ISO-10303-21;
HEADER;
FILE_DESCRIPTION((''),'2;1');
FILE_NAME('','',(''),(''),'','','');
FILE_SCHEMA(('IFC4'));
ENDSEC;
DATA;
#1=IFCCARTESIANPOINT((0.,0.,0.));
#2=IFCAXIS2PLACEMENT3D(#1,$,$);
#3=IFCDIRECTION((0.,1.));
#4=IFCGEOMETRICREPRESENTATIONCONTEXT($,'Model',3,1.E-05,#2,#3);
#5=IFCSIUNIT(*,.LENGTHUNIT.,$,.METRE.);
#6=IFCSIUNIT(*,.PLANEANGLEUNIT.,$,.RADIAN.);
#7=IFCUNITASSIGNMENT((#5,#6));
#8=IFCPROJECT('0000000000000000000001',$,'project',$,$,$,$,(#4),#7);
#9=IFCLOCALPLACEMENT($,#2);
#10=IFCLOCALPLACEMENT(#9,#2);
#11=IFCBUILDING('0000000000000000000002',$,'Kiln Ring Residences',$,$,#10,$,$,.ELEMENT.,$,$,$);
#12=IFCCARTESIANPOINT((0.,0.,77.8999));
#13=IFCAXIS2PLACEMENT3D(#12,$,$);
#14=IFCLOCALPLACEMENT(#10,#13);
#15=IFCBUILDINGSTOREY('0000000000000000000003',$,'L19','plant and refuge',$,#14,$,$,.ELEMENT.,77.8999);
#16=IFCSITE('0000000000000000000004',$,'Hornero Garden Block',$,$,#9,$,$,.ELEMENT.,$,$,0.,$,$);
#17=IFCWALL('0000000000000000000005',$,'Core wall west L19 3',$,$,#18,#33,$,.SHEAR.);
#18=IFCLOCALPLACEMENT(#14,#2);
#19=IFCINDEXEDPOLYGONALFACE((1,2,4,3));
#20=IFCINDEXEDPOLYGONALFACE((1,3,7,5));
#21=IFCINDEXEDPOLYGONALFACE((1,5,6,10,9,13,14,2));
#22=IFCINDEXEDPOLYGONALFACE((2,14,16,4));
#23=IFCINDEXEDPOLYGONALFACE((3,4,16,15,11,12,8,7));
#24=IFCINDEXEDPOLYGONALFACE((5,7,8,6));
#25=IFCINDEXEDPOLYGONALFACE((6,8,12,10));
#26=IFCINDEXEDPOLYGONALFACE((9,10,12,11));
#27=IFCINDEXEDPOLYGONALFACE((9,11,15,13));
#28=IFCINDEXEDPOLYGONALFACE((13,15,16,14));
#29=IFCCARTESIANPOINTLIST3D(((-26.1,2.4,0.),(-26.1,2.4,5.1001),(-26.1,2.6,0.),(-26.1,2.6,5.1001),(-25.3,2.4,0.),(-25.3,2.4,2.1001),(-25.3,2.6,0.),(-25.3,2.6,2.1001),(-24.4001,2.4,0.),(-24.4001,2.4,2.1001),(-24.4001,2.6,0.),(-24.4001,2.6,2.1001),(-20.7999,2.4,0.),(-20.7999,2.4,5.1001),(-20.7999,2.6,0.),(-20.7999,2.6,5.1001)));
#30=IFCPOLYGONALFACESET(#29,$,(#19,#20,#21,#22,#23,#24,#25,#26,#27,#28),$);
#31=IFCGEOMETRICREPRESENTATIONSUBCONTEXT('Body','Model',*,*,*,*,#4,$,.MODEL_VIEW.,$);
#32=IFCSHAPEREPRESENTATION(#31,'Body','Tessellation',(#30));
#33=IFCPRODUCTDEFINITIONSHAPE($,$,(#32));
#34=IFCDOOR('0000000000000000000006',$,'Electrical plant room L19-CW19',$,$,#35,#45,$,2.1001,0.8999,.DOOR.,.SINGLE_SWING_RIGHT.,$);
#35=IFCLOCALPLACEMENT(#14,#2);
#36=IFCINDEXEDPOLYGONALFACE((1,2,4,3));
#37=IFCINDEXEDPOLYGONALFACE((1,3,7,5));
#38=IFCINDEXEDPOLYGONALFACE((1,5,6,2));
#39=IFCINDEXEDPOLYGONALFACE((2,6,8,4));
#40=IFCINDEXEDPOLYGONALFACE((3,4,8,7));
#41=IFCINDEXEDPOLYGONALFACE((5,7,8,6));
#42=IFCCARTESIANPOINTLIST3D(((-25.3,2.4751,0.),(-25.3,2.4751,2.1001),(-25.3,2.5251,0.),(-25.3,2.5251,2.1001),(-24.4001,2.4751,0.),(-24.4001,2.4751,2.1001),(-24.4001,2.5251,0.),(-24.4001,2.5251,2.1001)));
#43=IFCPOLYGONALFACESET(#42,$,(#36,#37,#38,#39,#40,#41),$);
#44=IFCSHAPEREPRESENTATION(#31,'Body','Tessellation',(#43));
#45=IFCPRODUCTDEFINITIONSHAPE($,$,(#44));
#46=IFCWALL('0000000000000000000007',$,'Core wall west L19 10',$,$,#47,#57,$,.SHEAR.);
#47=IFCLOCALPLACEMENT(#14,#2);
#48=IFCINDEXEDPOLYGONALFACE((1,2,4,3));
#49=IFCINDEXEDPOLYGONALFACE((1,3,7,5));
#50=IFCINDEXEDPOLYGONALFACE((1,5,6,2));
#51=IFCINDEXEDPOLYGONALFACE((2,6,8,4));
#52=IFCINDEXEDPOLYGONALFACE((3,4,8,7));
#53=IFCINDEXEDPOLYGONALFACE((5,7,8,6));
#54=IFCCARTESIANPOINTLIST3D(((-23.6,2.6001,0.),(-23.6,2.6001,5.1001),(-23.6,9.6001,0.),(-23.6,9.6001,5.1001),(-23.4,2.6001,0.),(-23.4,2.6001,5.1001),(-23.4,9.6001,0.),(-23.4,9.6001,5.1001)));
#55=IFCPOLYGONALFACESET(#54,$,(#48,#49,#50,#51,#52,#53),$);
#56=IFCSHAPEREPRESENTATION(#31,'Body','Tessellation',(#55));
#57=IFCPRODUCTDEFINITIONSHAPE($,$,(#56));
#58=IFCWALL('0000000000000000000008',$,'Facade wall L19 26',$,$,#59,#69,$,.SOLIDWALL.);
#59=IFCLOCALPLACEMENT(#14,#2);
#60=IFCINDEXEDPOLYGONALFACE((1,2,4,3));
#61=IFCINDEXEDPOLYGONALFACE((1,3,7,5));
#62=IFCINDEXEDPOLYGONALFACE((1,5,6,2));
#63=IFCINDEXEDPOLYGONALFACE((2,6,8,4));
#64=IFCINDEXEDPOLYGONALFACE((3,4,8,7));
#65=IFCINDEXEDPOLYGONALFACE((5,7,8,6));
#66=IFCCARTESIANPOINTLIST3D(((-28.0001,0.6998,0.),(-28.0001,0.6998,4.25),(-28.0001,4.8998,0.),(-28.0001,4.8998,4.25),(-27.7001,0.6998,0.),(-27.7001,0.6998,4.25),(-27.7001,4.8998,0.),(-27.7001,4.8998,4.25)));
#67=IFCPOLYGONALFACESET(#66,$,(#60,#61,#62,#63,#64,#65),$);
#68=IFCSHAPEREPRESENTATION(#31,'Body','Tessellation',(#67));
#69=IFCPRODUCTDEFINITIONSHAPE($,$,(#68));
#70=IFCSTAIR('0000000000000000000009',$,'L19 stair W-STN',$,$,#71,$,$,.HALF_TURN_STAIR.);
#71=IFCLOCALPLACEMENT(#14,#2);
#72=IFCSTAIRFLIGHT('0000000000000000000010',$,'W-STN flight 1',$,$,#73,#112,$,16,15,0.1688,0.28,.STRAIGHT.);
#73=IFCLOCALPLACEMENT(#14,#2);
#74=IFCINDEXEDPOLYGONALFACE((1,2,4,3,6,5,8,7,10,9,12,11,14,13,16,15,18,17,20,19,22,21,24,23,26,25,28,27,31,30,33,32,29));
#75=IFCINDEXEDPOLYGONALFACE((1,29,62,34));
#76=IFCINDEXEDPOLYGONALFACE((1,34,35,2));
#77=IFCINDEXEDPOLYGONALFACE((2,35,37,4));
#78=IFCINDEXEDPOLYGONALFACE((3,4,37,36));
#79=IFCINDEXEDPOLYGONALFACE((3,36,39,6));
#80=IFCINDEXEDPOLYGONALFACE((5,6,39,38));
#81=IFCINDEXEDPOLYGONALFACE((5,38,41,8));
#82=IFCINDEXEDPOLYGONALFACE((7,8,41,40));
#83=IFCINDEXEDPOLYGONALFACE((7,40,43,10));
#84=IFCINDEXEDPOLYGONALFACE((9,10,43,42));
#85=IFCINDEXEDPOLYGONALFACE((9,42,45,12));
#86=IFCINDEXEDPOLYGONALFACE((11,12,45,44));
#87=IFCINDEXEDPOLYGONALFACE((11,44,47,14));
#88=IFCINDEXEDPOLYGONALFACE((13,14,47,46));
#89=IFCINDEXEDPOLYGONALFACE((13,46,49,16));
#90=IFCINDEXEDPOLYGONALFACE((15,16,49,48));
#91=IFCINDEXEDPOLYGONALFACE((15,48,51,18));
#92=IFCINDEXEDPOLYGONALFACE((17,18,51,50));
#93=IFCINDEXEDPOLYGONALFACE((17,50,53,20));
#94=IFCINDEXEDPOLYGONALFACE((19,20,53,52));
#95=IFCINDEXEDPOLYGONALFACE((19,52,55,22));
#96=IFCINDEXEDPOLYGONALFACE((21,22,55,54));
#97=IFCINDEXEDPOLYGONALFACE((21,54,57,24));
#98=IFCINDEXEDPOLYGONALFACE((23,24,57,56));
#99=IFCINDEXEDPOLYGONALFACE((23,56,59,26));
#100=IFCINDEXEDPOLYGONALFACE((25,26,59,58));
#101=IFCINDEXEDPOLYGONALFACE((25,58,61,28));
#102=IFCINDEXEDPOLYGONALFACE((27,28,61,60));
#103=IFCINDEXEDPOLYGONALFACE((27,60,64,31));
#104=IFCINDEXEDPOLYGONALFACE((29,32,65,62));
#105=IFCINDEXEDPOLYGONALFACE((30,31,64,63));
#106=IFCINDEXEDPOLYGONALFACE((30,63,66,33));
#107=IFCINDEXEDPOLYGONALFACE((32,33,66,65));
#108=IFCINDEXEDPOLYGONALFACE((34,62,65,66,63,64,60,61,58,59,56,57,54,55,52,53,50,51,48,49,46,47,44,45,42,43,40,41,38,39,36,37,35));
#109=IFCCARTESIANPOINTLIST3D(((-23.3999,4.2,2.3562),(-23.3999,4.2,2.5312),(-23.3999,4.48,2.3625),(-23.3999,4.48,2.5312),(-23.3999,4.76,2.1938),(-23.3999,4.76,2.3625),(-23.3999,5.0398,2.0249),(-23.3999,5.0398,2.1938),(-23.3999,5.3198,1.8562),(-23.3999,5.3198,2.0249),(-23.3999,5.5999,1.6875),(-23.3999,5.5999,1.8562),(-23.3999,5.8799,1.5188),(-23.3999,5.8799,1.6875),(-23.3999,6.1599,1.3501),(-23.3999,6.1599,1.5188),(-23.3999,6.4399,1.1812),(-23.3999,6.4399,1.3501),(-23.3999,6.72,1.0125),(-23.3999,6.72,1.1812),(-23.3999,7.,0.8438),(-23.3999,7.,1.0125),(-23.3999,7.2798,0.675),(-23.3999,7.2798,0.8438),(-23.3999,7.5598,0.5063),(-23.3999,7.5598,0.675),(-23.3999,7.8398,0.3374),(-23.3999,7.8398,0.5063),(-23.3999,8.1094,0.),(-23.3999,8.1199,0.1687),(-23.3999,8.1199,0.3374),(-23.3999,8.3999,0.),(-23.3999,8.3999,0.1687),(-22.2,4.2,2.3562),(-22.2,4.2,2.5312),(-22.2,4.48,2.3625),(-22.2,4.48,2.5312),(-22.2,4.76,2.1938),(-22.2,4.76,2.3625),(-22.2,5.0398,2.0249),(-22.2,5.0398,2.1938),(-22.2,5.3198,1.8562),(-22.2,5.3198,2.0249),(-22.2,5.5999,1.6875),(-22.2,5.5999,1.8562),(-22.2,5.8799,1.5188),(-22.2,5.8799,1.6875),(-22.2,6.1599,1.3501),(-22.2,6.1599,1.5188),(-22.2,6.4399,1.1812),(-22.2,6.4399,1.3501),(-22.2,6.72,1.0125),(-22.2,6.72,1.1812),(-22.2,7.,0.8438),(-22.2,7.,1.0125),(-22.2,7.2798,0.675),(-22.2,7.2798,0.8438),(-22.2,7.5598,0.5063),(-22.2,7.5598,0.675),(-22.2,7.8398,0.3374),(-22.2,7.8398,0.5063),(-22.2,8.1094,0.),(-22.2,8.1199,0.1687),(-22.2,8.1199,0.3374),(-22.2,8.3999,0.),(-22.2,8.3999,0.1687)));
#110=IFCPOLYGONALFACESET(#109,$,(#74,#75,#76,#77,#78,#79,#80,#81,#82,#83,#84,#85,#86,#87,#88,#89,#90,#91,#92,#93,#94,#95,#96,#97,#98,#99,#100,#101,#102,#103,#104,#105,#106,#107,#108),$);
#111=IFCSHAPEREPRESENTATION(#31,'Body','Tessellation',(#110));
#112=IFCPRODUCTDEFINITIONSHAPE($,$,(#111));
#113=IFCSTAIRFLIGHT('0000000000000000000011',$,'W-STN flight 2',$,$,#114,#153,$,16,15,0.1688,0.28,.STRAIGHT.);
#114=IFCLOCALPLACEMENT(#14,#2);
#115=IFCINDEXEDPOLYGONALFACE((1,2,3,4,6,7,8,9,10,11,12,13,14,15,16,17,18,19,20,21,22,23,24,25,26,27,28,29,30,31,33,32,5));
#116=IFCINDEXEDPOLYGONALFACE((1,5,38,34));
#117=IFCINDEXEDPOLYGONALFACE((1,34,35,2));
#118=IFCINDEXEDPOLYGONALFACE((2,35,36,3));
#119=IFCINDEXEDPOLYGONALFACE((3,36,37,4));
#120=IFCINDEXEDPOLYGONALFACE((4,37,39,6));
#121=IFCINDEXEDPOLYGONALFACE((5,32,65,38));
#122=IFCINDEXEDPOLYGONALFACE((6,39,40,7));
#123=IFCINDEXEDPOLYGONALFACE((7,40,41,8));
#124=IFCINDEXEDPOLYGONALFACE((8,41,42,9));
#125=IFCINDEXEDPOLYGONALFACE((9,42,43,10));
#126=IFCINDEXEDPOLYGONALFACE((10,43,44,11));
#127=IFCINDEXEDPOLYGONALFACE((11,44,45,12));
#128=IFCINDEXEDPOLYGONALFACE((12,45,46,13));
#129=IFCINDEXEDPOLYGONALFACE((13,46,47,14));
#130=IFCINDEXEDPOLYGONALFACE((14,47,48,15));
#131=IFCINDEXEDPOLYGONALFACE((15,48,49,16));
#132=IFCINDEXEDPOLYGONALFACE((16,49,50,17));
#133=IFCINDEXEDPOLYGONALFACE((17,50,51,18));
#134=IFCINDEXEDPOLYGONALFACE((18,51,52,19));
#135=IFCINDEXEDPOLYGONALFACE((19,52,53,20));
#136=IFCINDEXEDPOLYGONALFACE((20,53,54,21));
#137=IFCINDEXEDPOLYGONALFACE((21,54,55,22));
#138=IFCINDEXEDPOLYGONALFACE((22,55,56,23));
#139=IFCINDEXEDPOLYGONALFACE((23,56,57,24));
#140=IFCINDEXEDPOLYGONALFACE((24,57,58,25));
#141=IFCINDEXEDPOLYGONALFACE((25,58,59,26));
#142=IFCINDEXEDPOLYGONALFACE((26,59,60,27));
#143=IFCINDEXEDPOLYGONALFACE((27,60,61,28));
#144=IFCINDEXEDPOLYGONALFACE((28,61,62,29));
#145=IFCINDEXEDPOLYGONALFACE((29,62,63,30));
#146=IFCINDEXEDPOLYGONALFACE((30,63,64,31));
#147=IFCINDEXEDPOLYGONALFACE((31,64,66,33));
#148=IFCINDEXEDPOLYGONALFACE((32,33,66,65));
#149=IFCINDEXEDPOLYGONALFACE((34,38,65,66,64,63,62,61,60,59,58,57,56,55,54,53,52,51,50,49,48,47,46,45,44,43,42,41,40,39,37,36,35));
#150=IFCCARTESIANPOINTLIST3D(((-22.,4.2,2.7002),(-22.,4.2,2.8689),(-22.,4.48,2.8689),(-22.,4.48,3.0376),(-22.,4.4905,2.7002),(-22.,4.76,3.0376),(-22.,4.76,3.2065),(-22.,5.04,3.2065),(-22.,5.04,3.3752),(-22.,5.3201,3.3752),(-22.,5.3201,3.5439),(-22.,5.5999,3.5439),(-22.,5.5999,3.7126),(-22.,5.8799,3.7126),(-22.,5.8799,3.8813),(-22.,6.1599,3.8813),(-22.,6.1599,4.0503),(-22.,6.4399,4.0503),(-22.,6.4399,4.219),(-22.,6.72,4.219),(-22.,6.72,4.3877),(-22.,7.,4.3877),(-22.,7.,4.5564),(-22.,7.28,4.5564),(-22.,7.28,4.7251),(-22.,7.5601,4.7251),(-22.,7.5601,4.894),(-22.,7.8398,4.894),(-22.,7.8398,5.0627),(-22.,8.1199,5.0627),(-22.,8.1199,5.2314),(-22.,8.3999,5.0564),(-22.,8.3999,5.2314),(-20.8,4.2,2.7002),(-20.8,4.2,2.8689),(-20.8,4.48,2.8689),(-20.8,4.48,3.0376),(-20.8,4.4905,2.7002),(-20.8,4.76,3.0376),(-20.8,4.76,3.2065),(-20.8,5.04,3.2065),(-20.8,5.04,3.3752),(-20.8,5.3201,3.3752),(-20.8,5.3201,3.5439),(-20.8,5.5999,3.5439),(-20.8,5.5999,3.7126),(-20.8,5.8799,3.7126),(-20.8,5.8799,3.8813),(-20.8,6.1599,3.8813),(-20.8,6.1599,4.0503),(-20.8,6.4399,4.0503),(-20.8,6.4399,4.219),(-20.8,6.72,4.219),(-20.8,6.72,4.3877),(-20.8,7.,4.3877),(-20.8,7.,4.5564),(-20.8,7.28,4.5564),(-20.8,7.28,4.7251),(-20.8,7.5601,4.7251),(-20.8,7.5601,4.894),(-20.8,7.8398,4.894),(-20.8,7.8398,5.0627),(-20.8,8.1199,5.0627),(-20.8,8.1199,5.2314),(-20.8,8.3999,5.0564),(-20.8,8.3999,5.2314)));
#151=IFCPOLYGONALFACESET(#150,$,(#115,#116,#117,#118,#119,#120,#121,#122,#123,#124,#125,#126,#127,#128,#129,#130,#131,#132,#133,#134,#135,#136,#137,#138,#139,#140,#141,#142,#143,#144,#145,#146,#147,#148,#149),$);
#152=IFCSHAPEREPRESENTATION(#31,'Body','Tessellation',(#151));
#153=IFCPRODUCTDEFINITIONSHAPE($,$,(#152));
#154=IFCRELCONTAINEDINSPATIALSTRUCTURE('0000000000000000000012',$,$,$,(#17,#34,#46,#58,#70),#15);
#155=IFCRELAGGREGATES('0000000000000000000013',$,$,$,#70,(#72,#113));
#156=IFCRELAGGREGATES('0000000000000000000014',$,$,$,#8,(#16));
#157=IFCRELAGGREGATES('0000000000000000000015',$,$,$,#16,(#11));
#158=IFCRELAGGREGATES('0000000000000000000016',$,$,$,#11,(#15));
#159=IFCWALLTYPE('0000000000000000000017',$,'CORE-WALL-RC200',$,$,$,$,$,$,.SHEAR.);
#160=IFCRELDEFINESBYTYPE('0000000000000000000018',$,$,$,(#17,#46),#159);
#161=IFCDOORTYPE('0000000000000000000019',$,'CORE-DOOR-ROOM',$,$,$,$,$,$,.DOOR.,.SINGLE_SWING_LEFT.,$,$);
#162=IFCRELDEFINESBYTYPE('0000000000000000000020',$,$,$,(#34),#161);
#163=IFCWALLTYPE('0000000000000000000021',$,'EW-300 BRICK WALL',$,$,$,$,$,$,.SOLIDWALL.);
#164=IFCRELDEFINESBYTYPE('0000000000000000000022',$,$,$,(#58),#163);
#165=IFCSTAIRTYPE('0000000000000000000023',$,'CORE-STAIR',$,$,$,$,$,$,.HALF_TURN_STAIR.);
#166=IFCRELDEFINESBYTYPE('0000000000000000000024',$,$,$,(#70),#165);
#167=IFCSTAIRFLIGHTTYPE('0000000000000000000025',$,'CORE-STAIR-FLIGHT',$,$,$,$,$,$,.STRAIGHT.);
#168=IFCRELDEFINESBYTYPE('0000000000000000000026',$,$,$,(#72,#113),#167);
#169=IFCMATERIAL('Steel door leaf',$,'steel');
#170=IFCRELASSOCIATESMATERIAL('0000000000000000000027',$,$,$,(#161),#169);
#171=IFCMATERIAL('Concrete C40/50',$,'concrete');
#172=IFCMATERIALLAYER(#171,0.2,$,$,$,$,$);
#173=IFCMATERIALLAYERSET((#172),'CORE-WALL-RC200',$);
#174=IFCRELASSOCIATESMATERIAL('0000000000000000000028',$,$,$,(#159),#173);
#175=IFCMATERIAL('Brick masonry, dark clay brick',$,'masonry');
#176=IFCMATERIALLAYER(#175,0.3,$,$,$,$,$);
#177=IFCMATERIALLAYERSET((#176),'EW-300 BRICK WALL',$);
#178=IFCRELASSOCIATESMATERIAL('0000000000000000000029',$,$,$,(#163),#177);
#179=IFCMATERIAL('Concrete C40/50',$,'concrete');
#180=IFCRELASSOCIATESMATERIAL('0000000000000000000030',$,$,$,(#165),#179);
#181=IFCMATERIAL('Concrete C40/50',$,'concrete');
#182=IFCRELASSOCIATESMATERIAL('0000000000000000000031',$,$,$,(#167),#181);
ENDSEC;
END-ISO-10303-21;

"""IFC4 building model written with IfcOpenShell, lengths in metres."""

from ifc_helpers import new_model, si_unit, direction, frame, frame_2d, origin, place, context, subcontext, project, spatial, polyline, rectangle, outline, extrude, material, layer, layer_set, type_object, element, fill, aggregate, save


model = new_model("IFC4")

# Units and contexts
model_context = context("Model", 3, precision=1e-05, world=origin(), true_north=direction((0.0, 1.0)))
body_context = subcontext(model_context, "Body", "Model", "MODEL_VIEW")
ifc_project = project(units=[si_unit("LENGTHUNIT", "METRE"), si_unit("PLANEANGLEUNIT", "RADIAN")], contexts=[model_context])

# Site, building, storey
site_placement = place(None, origin())
site = spatial("IfcSite", under=ifc_project, at=site_placement, Name="Hornero Garden Block", CompositionType="ELEMENT", RefElevation=0.0)
building_placement = place(site_placement, origin())
building = spatial("IfcBuilding", under=site, at=building_placement, Name="Kiln Ring Residences", CompositionType="ELEMENT")
storey_placement = place(building_placement, frame((0.0, 0.0, 77.8999)))
storey = spatial("IfcBuildingStorey", under=building, at=storey_placement, Name="L19", Description="plant and refuge", CompositionType="ELEMENT", Elevation=77.8999)

# Shared definitions
ifc_material_1 = material(Name="Steel door leaf", Category="steel")
door_type = type_object("IfcDoorType", Name="CORE-DOOR-ROOM", OperationType="SINGLE_SWING_LEFT", PredefinedType="DOOR", material=ifc_material_1)

# Shared definitions
ifc_material_2 = material(Name="Concrete C40/50", Category="concrete")
ifc_layer_1 = layer(ifc_material_2, 0.2)
ifc_layer_set_1 = layer_set([ifc_layer_1], Name="CORE-WALL-RC200")
wall_type_1 = type_object("IfcWallType", Name="CORE-WALL-RC200", PredefinedType="SHEAR", material=ifc_layer_set_1)

# Wall, opening, door
wall_1_placement = place(storey_placement, frame((-20.8, 2.5, 0.0), z_axis=(0.0, 0.0, 1.0), x_axis=(-1.0, 0.0, 0.0)))
wall_1 = element("IfcWall", 1, at=wall_1_placement, inside=storey, type_object=wall_type_1, Name="Core wall west L19 3", PredefinedType="SHEAR", context=body_context, shape_type="SweptSolid", body=[
    extrude(rectangle(XDim=5.3, YDim=0.2, at=frame_2d((2.6499, 0.0))), origin(), (0.0, 0.0, 1.0), 5.1001),
])
opening_1_placement = place(wall_1_placement, frame((3.6001, 0.0, 0.0)))
opening_1 = element("IfcOpeningElement", 2, at=opening_1_placement, cuts=wall_1, PredefinedType="OPENING", context=body_context, shape_type="SweptSolid", body=[
    extrude(rectangle(XDim=0.8999, YDim=2.1001, at=frame_2d((0.45, 1.05))), frame((0.0, 0.1099, 0.0), z_axis=(0.0, -1.0, 0.0), x_axis=(1.0, 0.0, 0.0)), (0.0, 0.0, 1.0), 0.22),
])
door_1_placement = place(opening_1_placement, origin())
door_1 = element("IfcDoor", 3, at=door_1_placement, inside=storey, type_object=door_type, Name="Electrical plant room L19-CW19", OperationType="SINGLE_SWING_RIGHT", OverallHeight=2.1001, OverallWidth=0.8999, PredefinedType="DOOR", context=body_context, shape_type="SweptSolid", body=[
    extrude(rectangle(XDim=0.8999, YDim=2.1001, at=frame_2d((0.45, 1.05))), frame((0.0, 0.0249, 0.0), z_axis=(0.0, -1.0, 0.0), x_axis=(1.0, 0.0, 0.0)), (0.0, 0.0, 1.0), 0.05),
])
fill(opening_1, door_1)

# Walls
wall_2_placement = place(storey_placement, frame((-23.5, 2.6001, 0.0), z_axis=(0.0, 0.0, 1.0), x_axis=(0.0, 1.0, 0.0)))
element("IfcWall", 4, at=wall_2_placement, inside=storey, type_object=wall_type_1, Name="Core wall west L19 10", PredefinedType="SHEAR", context=body_context, shape_type="SweptSolid", body=[
    extrude(rectangle(XDim=7.0, YDim=0.2, at=frame_2d((3.5, 0.0))), origin(), (0.0, 0.0, 1.0), 5.1001),
])
ifc_material_3 = material(Name="Brick masonry, dark clay brick", Category="masonry")
ifc_layer_2 = layer(ifc_material_3, 0.3)
ifc_layer_set_2 = layer_set([ifc_layer_2], Name="EW-300 BRICK WALL")
wall_type_2 = type_object("IfcWallType", Name="EW-300 BRICK WALL", PredefinedType="SOLIDWALL", material=ifc_layer_set_2)
wall_3_placement = place(storey_placement, frame((-27.8501, 4.8999, 0.0), z_axis=(0.0, 0.0, 1.0), x_axis=(0.0, -1.0, 0.0)))
element("IfcWall", 5, at=wall_3_placement, inside=storey, type_object=wall_type_2, Name="Facade wall L19 26", PredefinedType="SOLIDWALL", context=body_context, shape_type="SweptSolid", body=[
    extrude(rectangle(XDim=4.2, YDim=0.3, at=frame_2d((2.1001, 0.0))), origin(), (0.0, 0.0, 1.0), 4.25),
])

# Stair, stair flights
ifc_material_4 = material(Name="Concrete C40/50", Category="concrete")
stair_type = type_object("IfcStairType", Name="CORE-STAIR", PredefinedType="HALF_TURN_STAIR", material=ifc_material_4)
stair_placement = place(storey_placement, origin())
stair = element("IfcStair", 6, at=stair_placement, inside=storey, type_object=stair_type, Name="L19 stair W-STN", PredefinedType="HALF_TURN_STAIR")
ifc_material_5 = material(Name="Concrete C40/50", Category="concrete")
stair_flight_type = type_object("IfcStairFlightType", Name="CORE-STAIR-FLIGHT", PredefinedType="STRAIGHT", material=ifc_material_5)
stair_flight_1_placement = place(storey_placement, frame((-22.8, 8.3999, 0.0), z_axis=(0.0, 0.0, 1.0), x_axis=(0.0, -1.0, 0.0)))
stair_flight_1 = element("IfcStairFlight", 7, at=stair_flight_1_placement, type_object=stair_flight_type, Name="W-STN flight 1", NumberOfRisers=16, NumberOfTreads=15, PredefinedType="STRAIGHT", RiserHeight=0.1688, TreadLength=0.28, context=body_context, shape_type="SweptSolid", body=[
    extrude(outline(polyline([(0.0, 0.0), (0.0, 0.1687), (0.28, 0.1687), (0.28, 0.3374), (0.5601, 0.3374), (0.5601, 0.5063), (0.8401, 0.5063), (0.8401, 0.675), (1.1201, 0.675), (1.1201, 0.8438), (1.3999, 0.8438), (1.3999, 1.0125), (1.6799, 1.0125), (1.6799, 1.1812), (1.96, 1.1812), (1.96, 1.3501), (2.24, 1.3501), (2.24, 1.5188), (2.52, 1.5188), (2.52, 1.6875), (2.8, 1.6875), (2.8, 1.8562), (3.0801, 1.8562), (3.0801, 2.0249), (3.3601, 2.0249), (3.3601, 2.1938), (3.6399, 2.1938), (3.6399, 2.3625), (3.9199, 2.3625), (3.9199, 2.5312), (4.2, 2.5312), (4.2, 2.7), (4.2, 2.3562), (0.2905, 0.0), (0.0, 0.0)])), frame((0.0, 0.6001, 0.0), z_axis=(0.0, -1.0, 0.0), x_axis=(1.0, 0.0, 0.0)), (0.0, 0.0, 1.0), 1.2),
])
stair_flight_2_placement = place(storey_placement, frame((-21.3999, 4.2, 2.7002), z_axis=(0.0, 0.0, 1.0), x_axis=(0.0, 1.0, 0.0)))
stair_flight_2 = element("IfcStairFlight", 8, at=stair_flight_2_placement, type_object=stair_flight_type, Name="W-STN flight 2", NumberOfRisers=16, NumberOfTreads=15, PredefinedType="STRAIGHT", RiserHeight=0.1688, TreadLength=0.28, context=body_context, shape_type="SweptSolid", body=[
    extrude(outline(polyline([(0.0, 0.0), (0.0, 0.1687), (0.28, 0.1687), (0.28, 0.3374), (0.5601, 0.3374), (0.5601, 0.5063), (0.8401, 0.5063), (0.8401, 0.675), (1.1201, 0.675), (1.1201, 0.8438), (1.3999, 0.8438), (1.3999, 1.0125), (1.6799, 1.0125), (1.6799, 1.1812), (1.96, 1.1812), (1.96, 1.3501), (2.24, 1.3501), (2.24, 1.5188), (2.52, 1.5188), (2.52, 1.6875), (2.8, 1.6875), (2.8, 1.8562), (3.0801, 1.8562), (3.0801, 2.0249), (3.3601, 2.0249), (3.3601, 2.1938), (3.6399, 2.1938), (3.6399, 2.3625), (3.9199, 2.3625), (3.9199, 2.5312), (4.2, 2.5312), (4.2, 2.7), (4.2, 2.3562), (0.2905, 0.0), (0.0, 0.0)])), frame((0.0, 0.6001, 0.0), z_axis=(0.0, -1.0, 0.0), x_axis=(1.0, 0.0, 0.0)), (0.0, 0.0, 1.0), 1.2),
])
aggregate(stair, [stair_flight_1, stair_flight_2])

save(model, "model.ifc")
